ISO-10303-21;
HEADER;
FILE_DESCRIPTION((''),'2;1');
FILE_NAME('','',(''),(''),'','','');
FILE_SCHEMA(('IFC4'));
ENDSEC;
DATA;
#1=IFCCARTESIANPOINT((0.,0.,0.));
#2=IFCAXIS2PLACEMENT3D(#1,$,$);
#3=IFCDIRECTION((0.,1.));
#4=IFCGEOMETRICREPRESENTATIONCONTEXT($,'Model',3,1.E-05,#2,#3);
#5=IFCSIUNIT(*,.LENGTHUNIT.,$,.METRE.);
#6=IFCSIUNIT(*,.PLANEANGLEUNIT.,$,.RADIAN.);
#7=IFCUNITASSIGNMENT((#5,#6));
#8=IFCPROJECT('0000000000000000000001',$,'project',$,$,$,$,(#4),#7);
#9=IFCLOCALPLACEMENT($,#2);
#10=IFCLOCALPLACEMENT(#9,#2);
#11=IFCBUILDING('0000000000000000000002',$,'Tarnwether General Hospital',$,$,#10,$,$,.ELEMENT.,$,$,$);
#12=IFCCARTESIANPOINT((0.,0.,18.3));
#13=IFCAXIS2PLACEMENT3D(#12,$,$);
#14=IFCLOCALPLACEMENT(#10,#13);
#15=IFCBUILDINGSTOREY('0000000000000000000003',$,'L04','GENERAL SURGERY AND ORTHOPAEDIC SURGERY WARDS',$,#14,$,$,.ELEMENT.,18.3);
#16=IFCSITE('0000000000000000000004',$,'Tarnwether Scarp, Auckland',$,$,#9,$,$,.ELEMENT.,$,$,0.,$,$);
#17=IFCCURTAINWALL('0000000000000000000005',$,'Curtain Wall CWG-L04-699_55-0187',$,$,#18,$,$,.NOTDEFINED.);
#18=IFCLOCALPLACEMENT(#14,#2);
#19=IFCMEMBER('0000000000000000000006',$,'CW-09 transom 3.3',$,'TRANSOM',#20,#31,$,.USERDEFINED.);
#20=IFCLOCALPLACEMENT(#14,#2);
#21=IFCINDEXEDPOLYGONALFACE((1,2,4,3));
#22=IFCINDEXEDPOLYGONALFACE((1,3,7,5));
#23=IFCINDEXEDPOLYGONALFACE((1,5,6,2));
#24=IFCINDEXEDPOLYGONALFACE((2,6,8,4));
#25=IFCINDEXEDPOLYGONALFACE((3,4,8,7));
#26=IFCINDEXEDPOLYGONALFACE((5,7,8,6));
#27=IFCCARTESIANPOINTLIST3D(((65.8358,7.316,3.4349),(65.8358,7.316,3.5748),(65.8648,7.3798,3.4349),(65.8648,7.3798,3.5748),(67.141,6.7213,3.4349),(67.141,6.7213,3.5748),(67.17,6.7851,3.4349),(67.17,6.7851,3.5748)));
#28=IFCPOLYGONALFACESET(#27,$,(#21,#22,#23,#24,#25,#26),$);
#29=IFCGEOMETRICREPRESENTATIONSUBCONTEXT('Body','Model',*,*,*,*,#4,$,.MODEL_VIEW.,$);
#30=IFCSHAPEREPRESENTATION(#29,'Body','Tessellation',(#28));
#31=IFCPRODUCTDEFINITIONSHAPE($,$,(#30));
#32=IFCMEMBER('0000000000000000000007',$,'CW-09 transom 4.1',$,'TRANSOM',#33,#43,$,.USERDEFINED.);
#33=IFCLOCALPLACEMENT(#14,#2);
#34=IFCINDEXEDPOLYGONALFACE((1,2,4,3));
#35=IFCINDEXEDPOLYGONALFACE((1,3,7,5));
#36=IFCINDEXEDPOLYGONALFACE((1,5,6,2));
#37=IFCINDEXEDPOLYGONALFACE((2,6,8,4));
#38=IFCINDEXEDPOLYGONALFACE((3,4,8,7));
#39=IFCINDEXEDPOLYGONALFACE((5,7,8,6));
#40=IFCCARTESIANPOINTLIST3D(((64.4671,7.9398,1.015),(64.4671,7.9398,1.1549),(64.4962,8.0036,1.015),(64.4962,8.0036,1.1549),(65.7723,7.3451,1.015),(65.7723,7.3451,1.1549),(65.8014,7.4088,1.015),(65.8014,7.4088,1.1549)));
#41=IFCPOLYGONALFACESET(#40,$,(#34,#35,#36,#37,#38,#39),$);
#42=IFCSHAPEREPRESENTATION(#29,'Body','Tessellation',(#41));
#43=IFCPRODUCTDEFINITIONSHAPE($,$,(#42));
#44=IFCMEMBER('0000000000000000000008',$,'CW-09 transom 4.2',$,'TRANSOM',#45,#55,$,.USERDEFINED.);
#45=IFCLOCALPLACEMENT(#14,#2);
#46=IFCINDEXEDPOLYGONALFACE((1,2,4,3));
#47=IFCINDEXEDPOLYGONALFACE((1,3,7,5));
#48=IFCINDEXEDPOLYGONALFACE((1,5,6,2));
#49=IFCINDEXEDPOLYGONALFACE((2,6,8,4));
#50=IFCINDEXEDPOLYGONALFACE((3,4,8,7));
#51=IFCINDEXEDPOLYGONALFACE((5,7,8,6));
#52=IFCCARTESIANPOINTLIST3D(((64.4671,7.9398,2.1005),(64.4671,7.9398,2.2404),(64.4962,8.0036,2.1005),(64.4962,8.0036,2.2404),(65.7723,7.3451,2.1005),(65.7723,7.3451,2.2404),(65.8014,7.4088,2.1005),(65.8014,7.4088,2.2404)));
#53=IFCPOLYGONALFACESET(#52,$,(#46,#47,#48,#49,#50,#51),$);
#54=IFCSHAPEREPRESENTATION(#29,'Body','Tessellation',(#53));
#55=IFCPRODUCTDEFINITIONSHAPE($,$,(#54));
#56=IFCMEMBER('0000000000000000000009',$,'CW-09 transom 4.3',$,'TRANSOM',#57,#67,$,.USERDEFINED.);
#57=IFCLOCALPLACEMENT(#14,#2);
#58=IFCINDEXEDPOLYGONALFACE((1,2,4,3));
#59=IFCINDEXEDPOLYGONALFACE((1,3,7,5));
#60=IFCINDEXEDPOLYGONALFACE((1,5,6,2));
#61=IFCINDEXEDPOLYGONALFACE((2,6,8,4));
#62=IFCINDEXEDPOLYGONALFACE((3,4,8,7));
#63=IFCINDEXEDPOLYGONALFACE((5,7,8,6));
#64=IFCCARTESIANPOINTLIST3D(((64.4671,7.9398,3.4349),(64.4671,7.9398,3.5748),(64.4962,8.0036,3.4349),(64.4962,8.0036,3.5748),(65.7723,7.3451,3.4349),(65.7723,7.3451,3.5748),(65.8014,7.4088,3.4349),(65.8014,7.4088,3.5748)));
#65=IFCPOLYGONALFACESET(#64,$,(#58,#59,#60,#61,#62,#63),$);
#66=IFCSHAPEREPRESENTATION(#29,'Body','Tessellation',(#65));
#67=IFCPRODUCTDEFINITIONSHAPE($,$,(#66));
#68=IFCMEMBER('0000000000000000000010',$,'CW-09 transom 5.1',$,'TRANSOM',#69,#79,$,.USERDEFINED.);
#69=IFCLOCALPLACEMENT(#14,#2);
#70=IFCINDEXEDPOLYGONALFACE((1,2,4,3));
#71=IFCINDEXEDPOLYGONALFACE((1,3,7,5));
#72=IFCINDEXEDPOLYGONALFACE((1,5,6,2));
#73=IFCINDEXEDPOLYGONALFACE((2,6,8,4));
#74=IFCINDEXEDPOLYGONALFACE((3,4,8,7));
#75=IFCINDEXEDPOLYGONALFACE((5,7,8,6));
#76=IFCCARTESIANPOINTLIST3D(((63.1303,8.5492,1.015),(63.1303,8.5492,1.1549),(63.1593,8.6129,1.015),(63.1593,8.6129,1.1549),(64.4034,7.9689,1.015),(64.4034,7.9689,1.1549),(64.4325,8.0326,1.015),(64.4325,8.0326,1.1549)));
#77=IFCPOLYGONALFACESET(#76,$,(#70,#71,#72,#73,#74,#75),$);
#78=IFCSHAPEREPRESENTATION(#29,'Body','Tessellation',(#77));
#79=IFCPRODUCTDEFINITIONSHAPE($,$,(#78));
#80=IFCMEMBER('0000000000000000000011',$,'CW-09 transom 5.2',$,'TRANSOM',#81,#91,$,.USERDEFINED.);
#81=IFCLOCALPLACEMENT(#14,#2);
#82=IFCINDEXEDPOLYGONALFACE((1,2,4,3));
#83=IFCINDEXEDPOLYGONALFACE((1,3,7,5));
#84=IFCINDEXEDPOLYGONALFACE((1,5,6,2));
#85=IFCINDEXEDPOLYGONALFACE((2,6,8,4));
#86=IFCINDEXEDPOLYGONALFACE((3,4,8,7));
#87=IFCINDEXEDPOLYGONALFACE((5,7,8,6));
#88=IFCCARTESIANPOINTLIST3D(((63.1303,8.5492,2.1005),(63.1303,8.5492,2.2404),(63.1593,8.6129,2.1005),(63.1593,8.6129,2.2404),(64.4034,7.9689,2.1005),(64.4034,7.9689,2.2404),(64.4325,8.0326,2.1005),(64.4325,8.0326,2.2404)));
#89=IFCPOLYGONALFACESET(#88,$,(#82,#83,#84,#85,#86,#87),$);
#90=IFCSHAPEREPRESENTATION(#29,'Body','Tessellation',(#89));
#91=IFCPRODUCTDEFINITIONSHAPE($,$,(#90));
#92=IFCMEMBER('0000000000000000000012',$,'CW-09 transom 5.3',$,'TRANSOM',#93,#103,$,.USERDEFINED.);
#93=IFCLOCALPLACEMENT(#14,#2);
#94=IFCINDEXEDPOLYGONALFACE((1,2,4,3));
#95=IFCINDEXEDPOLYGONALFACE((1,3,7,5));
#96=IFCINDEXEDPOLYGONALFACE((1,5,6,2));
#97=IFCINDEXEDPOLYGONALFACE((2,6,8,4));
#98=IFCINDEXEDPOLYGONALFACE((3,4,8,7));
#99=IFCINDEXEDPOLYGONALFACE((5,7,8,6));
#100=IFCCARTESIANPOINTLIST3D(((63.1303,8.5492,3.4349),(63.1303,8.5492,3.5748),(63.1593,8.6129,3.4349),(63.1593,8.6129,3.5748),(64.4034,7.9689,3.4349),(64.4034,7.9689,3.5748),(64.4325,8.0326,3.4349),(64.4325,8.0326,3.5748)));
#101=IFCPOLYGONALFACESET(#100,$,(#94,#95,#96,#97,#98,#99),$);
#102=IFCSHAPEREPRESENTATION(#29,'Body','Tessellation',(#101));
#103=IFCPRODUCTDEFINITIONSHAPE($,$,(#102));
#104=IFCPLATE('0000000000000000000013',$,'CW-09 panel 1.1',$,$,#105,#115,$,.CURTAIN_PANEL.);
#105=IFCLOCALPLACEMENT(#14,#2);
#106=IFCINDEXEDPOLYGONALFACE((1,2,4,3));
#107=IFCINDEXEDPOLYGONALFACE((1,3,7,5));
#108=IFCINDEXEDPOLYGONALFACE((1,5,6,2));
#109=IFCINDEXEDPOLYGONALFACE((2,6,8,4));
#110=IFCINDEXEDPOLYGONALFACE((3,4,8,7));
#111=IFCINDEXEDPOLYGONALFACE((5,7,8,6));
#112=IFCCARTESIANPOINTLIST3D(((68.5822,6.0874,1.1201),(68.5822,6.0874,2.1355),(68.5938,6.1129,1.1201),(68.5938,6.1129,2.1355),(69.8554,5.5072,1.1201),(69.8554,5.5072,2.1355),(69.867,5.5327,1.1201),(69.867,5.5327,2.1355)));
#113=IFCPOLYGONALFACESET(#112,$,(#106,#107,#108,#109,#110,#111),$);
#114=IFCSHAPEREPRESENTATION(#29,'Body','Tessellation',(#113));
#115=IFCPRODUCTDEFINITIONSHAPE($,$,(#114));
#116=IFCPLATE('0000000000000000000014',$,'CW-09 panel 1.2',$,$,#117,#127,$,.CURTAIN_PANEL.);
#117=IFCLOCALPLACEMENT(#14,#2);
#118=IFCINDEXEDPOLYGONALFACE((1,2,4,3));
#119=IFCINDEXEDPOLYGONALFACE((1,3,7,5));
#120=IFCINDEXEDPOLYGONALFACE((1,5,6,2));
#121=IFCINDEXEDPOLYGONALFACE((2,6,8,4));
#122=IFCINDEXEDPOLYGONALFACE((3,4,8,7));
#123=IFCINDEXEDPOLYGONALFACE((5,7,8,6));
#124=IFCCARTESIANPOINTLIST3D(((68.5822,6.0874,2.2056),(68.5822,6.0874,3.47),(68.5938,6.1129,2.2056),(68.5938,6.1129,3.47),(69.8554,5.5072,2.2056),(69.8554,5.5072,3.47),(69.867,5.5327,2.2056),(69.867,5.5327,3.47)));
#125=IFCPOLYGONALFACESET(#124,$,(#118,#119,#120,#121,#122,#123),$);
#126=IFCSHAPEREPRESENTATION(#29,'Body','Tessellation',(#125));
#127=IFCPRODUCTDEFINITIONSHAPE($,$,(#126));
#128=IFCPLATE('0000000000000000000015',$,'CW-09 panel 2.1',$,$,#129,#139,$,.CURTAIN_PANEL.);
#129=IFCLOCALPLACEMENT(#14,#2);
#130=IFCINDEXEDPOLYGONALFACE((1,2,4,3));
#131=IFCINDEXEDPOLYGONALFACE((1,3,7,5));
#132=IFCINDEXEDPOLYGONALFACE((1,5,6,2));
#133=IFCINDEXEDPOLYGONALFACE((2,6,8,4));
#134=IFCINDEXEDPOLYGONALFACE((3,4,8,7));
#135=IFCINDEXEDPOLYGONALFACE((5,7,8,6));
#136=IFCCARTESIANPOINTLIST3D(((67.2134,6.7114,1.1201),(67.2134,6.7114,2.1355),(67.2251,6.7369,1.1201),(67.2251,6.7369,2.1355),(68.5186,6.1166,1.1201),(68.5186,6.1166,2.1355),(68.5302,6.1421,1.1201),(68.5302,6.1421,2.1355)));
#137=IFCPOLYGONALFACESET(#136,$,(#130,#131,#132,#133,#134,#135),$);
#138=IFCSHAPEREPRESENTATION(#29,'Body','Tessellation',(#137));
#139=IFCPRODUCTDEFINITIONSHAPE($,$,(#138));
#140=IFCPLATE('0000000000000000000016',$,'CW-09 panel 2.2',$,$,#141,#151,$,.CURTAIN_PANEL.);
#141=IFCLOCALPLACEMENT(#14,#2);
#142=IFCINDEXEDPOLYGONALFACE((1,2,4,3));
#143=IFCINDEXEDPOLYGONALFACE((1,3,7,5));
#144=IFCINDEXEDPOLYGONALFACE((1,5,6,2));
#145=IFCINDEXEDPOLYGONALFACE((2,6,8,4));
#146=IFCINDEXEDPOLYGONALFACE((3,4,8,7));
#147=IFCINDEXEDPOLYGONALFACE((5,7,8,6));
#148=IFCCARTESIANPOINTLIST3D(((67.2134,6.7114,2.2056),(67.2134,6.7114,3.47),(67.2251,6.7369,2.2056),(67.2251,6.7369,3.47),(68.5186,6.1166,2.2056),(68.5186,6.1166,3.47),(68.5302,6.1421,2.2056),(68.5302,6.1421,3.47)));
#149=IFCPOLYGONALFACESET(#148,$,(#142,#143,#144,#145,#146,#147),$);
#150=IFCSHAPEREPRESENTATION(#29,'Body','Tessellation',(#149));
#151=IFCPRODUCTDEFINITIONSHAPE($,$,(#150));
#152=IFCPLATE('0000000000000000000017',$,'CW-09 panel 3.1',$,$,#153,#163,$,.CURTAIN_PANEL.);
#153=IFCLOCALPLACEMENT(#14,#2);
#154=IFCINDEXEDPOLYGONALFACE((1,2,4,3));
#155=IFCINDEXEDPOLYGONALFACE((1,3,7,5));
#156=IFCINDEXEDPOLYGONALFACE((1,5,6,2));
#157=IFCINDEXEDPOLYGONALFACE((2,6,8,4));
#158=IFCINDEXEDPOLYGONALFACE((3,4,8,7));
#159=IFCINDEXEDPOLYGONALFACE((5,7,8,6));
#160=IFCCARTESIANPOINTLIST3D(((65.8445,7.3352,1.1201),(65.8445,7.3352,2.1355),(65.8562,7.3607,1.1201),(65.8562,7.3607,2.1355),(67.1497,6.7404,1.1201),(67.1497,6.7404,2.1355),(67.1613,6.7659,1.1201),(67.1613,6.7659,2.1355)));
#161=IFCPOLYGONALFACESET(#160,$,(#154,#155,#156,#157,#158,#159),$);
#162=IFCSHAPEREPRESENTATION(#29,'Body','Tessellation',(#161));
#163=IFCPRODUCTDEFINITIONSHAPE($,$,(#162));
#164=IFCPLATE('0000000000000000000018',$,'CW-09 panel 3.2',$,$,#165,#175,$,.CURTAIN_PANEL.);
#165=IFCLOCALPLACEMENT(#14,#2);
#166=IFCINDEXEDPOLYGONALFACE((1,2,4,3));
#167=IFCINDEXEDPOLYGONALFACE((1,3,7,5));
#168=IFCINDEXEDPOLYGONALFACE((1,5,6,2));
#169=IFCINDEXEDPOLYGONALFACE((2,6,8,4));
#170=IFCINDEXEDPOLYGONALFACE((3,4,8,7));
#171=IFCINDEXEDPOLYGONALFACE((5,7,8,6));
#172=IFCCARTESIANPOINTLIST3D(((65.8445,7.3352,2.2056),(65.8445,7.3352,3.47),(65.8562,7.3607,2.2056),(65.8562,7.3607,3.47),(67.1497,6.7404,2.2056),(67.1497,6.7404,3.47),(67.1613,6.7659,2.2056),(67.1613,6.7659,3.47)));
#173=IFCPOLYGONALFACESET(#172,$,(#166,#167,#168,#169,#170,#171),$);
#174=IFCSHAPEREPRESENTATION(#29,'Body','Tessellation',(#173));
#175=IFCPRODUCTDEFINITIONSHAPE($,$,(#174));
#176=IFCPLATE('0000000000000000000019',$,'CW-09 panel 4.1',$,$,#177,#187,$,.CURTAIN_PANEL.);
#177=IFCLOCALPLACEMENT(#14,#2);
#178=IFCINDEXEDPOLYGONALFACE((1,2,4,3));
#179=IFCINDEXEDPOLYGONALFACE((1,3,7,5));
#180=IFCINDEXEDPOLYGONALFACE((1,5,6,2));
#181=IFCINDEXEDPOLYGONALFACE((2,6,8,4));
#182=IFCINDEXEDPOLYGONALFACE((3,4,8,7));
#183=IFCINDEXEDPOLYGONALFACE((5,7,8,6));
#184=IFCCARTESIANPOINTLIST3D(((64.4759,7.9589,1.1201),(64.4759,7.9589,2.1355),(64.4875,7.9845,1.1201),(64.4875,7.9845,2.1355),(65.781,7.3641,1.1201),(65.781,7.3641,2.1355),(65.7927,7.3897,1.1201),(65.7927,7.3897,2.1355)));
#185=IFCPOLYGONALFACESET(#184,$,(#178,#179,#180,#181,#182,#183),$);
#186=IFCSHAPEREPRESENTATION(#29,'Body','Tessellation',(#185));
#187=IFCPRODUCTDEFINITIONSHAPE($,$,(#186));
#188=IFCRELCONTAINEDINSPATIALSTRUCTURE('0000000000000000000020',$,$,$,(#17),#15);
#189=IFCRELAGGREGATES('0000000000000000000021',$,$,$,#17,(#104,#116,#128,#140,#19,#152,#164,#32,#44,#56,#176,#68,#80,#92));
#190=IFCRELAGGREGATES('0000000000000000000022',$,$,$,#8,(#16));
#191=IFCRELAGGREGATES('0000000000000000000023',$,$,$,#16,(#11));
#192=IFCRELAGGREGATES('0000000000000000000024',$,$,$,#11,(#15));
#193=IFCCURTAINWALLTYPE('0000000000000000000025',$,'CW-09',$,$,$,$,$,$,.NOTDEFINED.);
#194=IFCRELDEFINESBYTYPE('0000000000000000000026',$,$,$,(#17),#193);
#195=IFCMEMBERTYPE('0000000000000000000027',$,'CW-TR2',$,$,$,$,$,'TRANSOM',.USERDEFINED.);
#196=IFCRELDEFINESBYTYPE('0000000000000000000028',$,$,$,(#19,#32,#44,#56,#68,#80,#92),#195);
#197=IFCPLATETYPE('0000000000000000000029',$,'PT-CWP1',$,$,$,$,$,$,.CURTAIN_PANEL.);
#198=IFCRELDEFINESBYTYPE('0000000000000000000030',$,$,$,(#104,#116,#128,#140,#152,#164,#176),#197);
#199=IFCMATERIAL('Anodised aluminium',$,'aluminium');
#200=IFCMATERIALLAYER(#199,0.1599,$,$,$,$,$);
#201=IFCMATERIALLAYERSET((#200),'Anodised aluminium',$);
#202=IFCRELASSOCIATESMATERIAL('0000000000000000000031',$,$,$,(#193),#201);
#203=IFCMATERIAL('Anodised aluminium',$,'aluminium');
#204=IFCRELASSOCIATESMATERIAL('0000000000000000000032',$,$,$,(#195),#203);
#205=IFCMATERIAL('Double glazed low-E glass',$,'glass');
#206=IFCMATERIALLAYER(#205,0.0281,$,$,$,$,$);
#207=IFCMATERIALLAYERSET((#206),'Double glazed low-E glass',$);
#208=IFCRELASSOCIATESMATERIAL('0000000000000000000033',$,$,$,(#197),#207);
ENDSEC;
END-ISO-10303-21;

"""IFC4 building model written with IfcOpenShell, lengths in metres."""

from ifc_helpers import new_model, si_unit, direction, frame, origin, origin_2d, place, context, subcontext, project, spatial, rectangle, extrude, material, layer, layer_set, material_profile, profile_set, type_object, element, aggregate, save


model = new_model("IFC4")

# Units and contexts
model_context = context("Model", 3, precision=1e-05, world=origin(), true_north=direction((0.0, 1.0)))
body_context = subcontext(model_context, "Body", "Model", "MODEL_VIEW")
ifc_project = project(units=[si_unit("LENGTHUNIT", "METRE"), si_unit("PLANEANGLEUNIT", "RADIAN")], contexts=[model_context])

# Site, building, storey
site_placement = place(None, origin())
site = spatial("IfcSite", under=ifc_project, at=site_placement, Name="Tarnwether Scarp, Auckland", CompositionType="ELEMENT", RefElevation=0.0)
building_placement = place(site_placement, origin())
building = spatial("IfcBuilding", under=site, at=building_placement, Name="Tarnwether General Hospital", CompositionType="ELEMENT")
storey_placement = place(building_placement, frame((0.0, 0.0, 18.3)))
storey = spatial("IfcBuildingStorey", under=building, at=storey_placement, Name="L04", Description="GENERAL SURGERY AND ORTHOPAEDIC SURGERY WARDS", CompositionType="ELEMENT", Elevation=18.3)

# Curtain wall
ifc_material_1 = material(Name="Anodised aluminium", Category="aluminium")
ifc_layer_1 = layer(ifc_material_1, 0.1599)
ifc_layer_set_1 = layer_set([ifc_layer_1], Name="Anodised aluminium")
curtain_wall_type = type_object("IfcCurtainWallType", Name="CW-09", PredefinedType="NOTDEFINED", material=ifc_layer_set_1)
curtain_wall_1_placement = place(storey_placement, origin())
curtain_wall_1 = element("IfcCurtainWall", 1, at=curtain_wall_1_placement, inside=storey, type_object=curtain_wall_type, Name="Curtain Wall CWG-L04-699_55-0187", PredefinedType="NOTDEFINED")

# Members
ifc_material_2 = material(Name="Anodised aluminium", Category="aluminium")
ifc_material_profile_1 = material_profile(ifc_material_2, rectangle(XDim=0.0701, YDim=0.1399, at=origin_2d()), Name="ALU-TRN-70x140")
ifc_profile_set_1 = profile_set([ifc_material_profile_1], Name="Anodised aluminium")
member_type_1 = type_object("IfcMemberType", Name="CW-TR2", ElementType="TRANSOM", PredefinedType="USERDEFINED", material=ifc_profile_set_1)
member_1_placement = place(storey_placement, frame((67.1555, 6.7532, 3.5049), z_axis=(-0.909981, 0.414649, 0.0), x_axis=(-0.414649, -0.909981, 0.0)))
member_1 = element("IfcMember", 2, at=member_1_placement, type_object=member_type_1, Name="CW-09 transom 3.3", ObjectType="TRANSOM", PredefinedType="USERDEFINED", context=body_context, shape_type="SweptSolid", body=[
    extrude(rectangle(XDim=0.0701, YDim=0.1399, at=origin_2d()), origin(), (0.0, 0.0, 1.0), 1.4343),
])
member_2_placement = place(storey_placement, frame((65.7869, 7.377, 1.085), z_axis=(-0.909981, 0.414649, 0.0), x_axis=(-0.414649, -0.909981, 0.0)))
member_2 = element("IfcMember", 3, at=member_2_placement, type_object=member_type_1, Name="CW-09 transom 4.1", ObjectType="TRANSOM", PredefinedType="USERDEFINED", context=body_context, shape_type="SweptSolid", body=[
    extrude(rectangle(XDim=0.0701, YDim=0.1399, at=origin_2d()), origin(), (0.0, 0.0, 1.0), 1.4343),
])
member_3_placement = place(storey_placement, frame((65.7869, 7.377, 2.1704), z_axis=(-0.909981, 0.414649, 0.0), x_axis=(-0.414649, -0.909981, 0.0)))
member_3 = element("IfcMember", 4, at=member_3_placement, type_object=member_type_1, Name="CW-09 transom 4.2", ObjectType="TRANSOM", PredefinedType="USERDEFINED", context=body_context, shape_type="SweptSolid", body=[
    extrude(rectangle(XDim=0.0701, YDim=0.1399, at=origin_2d()), origin(), (0.0, 0.0, 1.0), 1.4343),
])
member_4_placement = place(storey_placement, frame((65.7869, 7.377, 3.5049), z_axis=(-0.909981, 0.414649, 0.0), x_axis=(-0.414649, -0.909981, 0.0)))
member_4 = element("IfcMember", 5, at=member_4_placement, type_object=member_type_1, Name="CW-09 transom 4.3", ObjectType="TRANSOM", PredefinedType="USERDEFINED", context=body_context, shape_type="SweptSolid", body=[
    extrude(rectangle(XDim=0.0701, YDim=0.1399, at=origin_2d()), origin(), (0.0, 0.0, 1.0), 1.4343),
])
member_5_placement = place(storey_placement, frame((64.418, 8.0007, 1.085), z_axis=(-0.909936, 0.414749, 0.0), x_axis=(-0.414749, -0.909936, 0.0)))
member_5 = element("IfcMember", 6, at=member_5_placement, type_object=member_type_1, Name="CW-09 transom 5.1", ObjectType="TRANSOM", PredefinedType="USERDEFINED", context=body_context, shape_type="SweptSolid", body=[
    extrude(rectangle(XDim=0.0701, YDim=0.1399, at=origin_2d()), origin(), (0.0, 0.0, 1.0), 1.3992),
])
member_6_placement = place(storey_placement, frame((64.418, 8.0007, 2.1704), z_axis=(-0.909936, 0.414749, 0.0), x_axis=(-0.414749, -0.909936, 0.0)))
member_6 = element("IfcMember", 7, at=member_6_placement, type_object=member_type_1, Name="CW-09 transom 5.2", ObjectType="TRANSOM", PredefinedType="USERDEFINED", context=body_context, shape_type="SweptSolid", body=[
    extrude(rectangle(XDim=0.0701, YDim=0.1399, at=origin_2d()), origin(), (0.0, 0.0, 1.0), 1.3992),
])
member_7_placement = place(storey_placement, frame((64.418, 8.0007, 3.5049), z_axis=(-0.909936, 0.414749, 0.0), x_axis=(-0.414749, -0.909936, 0.0)))
member_7 = element("IfcMember", 8, at=member_7_placement, type_object=member_type_1, Name="CW-09 transom 5.3", ObjectType="TRANSOM", PredefinedType="USERDEFINED", context=body_context, shape_type="SweptSolid", body=[
    extrude(rectangle(XDim=0.0701, YDim=0.1399, at=origin_2d()), origin(), (0.0, 0.0, 1.0), 1.3992),
])

# Plates
ifc_material_3 = material(Name="Double glazed low-E glass", Category="glass")
ifc_layer_2 = layer(ifc_material_3, 0.0281)
ifc_layer_set_2 = layer_set([ifc_layer_2], Name="Double glazed low-E glass")
plate_type = type_object("IfcPlateType", Name="PT-CWP1", PredefinedType="CURTAIN_PANEL", material=ifc_layer_set_2)
plate_1_placement = place(storey_placement, frame((69.2246, 5.8101, 1.1201), z_axis=(0.0, 0.0, 1.0), x_axis=(-0.909961, 0.414694, 0.0)))
plate_1 = element("IfcPlate", 9, at=plate_1_placement, type_object=plate_type, Name="CW-09 panel 1.1", PredefinedType="CURTAIN_PANEL", context=body_context, shape_type="SweptSolid", body=[
    extrude(rectangle(XDim=1.3992, YDim=0.0281, at=origin_2d()), origin(), (0.0, 0.0, 1.0), 1.0154),
])
plate_2_placement = place(storey_placement, frame((69.2246, 5.8101, 2.2056), z_axis=(0.0, 0.0, 1.0), x_axis=(-0.909961, 0.414694, 0.0)))
plate_2 = element("IfcPlate", 10, at=plate_2_placement, type_object=plate_type, Name="CW-09 panel 1.2", PredefinedType="CURTAIN_PANEL", context=body_context, shape_type="SweptSolid", body=[
    extrude(rectangle(XDim=1.3992, YDim=0.0281, at=origin_2d()), origin(), (0.0, 0.0, 1.0), 1.2644),
])
plate_3_placement = place(storey_placement, frame((67.8718, 6.4268, 1.1201), z_axis=(0.0, 0.0, 1.0), x_axis=(-0.909961, 0.414694, 0.0)))
plate_3 = element("IfcPlate", 11, at=plate_3_placement, type_object=plate_type, Name="CW-09 panel 2.1", PredefinedType="CURTAIN_PANEL", context=body_context, shape_type="SweptSolid", body=[
    extrude(rectangle(XDim=1.4343, YDim=0.0281, at=origin_2d()), origin(), (0.0, 0.0, 1.0), 1.0154),
])
plate_4_placement = place(storey_placement, frame((67.8718, 6.4268, 2.2056), z_axis=(0.0, 0.0, 1.0), x_axis=(-0.909961, 0.414694, 0.0)))
plate_4 = element("IfcPlate", 12, at=plate_4_placement, type_object=plate_type, Name="CW-09 panel 2.2", PredefinedType="CURTAIN_PANEL", context=body_context, shape_type="SweptSolid", body=[
    extrude(rectangle(XDim=1.4343, YDim=0.0281, at=origin_2d()), origin(), (0.0, 0.0, 1.0), 1.2644),
])
plate_5_placement = place(storey_placement, frame((66.5029, 7.0505, 1.1201), z_axis=(0.0, 0.0, 1.0), x_axis=(-0.909961, 0.414694, 0.0)))
plate_5 = element("IfcPlate", 13, at=plate_5_placement, type_object=plate_type, Name="CW-09 panel 3.1", PredefinedType="CURTAIN_PANEL", context=body_context, shape_type="SweptSolid", body=[
    extrude(rectangle(XDim=1.4343, YDim=0.0281, at=origin_2d()), origin(), (0.0, 0.0, 1.0), 1.0154),
])
plate_6_placement = place(storey_placement, frame((66.5029, 7.0505, 2.2056), z_axis=(0.0, 0.0, 1.0), x_axis=(-0.909961, 0.414694, 0.0)))
plate_6 = element("IfcPlate", 14, at=plate_6_placement, type_object=plate_type, Name="CW-09 panel 3.2", PredefinedType="CURTAIN_PANEL", context=body_context, shape_type="SweptSolid", body=[
    extrude(rectangle(XDim=1.4343, YDim=0.0281, at=origin_2d()), origin(), (0.0, 0.0, 1.0), 1.2644),
])
plate_7_placement = place(storey_placement, frame((65.1343, 7.6743, 1.1201), z_axis=(0.0, 0.0, 1.0), x_axis=(-0.909961, 0.414694, 0.0)))
plate_7 = element("IfcPlate", 15, at=plate_7_placement, type_object=plate_type, Name="CW-09 panel 4.1", PredefinedType="CURTAIN_PANEL", context=body_context, shape_type="SweptSolid", body=[
    extrude(rectangle(XDim=1.4343, YDim=0.0281, at=origin_2d()), origin(), (0.0, 0.0, 1.0), 1.0154),
])
aggregate(curtain_wall_1, [plate_1, plate_2, plate_3, plate_4, member_1, plate_5, plate_6, member_2, member_3, member_4, plate_7, member_5, member_6, member_7])

save(model, "model.ifc")
